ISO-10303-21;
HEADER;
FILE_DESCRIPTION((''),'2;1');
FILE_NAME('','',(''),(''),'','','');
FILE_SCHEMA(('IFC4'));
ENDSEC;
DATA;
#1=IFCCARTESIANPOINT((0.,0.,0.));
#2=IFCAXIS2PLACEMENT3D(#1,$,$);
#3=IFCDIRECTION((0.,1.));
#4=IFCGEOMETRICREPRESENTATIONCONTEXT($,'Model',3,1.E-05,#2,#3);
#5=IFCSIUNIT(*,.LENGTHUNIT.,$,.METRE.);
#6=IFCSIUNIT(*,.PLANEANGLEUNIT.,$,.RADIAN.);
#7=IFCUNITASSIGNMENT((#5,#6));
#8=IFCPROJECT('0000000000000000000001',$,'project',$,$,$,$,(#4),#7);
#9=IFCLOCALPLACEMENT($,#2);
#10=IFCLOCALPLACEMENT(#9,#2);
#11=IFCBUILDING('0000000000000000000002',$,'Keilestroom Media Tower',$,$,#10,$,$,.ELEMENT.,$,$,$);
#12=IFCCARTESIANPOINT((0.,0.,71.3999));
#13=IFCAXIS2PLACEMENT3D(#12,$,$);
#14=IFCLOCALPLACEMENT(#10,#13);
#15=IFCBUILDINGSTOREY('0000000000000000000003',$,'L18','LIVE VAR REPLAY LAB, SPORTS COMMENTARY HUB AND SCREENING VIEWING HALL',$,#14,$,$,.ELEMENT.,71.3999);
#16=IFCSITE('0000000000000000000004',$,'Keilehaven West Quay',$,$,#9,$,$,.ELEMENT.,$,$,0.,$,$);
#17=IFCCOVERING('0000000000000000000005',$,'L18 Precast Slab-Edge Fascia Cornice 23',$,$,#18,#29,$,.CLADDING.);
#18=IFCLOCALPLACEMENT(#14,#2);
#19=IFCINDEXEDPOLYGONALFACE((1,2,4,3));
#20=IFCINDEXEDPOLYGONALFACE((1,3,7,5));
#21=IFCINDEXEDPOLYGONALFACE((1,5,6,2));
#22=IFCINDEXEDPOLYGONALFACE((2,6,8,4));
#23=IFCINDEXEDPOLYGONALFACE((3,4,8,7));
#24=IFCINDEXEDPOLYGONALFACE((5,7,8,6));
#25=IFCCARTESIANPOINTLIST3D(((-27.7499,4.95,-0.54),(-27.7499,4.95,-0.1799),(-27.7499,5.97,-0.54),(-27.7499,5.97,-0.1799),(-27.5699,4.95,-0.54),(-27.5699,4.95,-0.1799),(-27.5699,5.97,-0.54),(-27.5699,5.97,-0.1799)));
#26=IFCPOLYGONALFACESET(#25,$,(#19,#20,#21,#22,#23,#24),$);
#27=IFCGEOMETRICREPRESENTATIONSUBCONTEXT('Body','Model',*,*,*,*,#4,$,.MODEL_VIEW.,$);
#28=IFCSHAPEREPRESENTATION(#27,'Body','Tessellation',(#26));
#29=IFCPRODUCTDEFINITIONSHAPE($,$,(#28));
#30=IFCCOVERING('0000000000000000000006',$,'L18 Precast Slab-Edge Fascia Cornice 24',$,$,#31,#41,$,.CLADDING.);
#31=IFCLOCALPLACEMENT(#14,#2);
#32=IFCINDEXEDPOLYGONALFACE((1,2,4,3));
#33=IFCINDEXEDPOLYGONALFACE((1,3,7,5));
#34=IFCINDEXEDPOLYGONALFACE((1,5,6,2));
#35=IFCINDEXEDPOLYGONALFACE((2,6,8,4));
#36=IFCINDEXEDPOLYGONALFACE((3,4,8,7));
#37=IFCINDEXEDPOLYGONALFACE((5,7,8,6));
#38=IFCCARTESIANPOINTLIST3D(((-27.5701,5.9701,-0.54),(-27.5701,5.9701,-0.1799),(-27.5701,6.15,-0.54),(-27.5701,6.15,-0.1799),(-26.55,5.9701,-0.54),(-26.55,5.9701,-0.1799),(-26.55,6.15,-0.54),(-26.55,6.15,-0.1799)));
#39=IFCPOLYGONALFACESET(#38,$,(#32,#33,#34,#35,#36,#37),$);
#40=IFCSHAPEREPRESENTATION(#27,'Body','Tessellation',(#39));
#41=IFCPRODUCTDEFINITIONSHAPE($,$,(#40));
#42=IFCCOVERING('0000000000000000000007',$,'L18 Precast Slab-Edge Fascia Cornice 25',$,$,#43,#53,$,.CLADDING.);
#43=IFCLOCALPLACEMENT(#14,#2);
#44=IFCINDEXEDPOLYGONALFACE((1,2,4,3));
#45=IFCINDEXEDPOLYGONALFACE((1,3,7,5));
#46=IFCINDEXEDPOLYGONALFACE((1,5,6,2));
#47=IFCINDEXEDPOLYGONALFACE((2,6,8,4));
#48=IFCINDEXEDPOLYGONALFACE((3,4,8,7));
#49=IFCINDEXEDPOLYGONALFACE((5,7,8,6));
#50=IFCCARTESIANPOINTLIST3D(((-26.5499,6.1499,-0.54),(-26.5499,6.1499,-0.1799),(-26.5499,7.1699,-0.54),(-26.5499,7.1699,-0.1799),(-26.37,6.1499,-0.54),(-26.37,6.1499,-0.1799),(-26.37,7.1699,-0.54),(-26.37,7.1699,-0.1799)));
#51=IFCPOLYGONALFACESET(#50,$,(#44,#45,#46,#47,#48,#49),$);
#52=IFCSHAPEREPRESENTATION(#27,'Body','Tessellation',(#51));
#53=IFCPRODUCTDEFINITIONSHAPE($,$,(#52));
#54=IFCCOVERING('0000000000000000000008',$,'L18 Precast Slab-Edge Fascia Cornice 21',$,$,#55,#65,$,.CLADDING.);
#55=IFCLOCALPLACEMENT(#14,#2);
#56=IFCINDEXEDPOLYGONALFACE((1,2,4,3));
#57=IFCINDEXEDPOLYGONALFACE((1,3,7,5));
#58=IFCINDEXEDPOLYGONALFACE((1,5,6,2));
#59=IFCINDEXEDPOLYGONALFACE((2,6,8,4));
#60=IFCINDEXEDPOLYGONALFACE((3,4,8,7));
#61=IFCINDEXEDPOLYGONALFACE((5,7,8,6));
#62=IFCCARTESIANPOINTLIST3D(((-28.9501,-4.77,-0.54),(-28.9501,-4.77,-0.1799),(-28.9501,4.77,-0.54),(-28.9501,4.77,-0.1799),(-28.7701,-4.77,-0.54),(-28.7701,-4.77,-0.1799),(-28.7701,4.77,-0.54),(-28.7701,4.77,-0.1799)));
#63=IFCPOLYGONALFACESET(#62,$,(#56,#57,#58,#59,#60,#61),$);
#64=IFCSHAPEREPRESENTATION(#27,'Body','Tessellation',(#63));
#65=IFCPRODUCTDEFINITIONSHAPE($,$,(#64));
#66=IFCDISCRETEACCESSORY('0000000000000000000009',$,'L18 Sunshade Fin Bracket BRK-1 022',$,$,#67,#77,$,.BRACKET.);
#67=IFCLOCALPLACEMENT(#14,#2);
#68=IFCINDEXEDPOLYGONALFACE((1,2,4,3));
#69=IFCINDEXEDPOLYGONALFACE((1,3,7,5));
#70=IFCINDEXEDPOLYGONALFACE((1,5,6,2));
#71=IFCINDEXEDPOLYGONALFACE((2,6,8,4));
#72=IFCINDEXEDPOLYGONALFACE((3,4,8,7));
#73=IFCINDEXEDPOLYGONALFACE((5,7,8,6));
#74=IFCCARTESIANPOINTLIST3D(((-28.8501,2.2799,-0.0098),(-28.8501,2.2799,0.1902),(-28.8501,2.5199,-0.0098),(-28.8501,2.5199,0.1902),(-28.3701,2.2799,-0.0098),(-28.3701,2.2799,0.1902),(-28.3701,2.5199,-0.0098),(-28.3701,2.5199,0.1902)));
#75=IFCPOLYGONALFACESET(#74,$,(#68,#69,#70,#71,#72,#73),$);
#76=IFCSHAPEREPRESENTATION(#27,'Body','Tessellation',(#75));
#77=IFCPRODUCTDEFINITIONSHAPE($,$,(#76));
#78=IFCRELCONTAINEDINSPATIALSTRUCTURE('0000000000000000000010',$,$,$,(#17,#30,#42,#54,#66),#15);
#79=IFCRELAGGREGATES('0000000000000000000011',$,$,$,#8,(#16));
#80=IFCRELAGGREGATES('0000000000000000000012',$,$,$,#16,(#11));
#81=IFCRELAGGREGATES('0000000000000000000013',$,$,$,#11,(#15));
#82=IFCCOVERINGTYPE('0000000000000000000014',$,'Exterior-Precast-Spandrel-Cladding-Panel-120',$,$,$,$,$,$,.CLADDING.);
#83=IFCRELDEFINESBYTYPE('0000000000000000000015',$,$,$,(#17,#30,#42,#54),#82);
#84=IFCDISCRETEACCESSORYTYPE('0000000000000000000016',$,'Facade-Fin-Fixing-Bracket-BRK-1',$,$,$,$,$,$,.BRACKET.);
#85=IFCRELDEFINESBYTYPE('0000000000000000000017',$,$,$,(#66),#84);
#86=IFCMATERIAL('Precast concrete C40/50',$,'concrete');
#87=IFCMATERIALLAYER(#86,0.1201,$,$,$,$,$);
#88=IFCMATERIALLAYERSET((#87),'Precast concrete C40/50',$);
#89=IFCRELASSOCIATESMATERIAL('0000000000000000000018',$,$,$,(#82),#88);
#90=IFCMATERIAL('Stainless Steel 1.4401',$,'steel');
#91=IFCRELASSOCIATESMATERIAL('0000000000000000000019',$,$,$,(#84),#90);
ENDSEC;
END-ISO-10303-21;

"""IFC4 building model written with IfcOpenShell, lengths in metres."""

from ifc_helpers import new_model, si_unit, direction, frame, origin, origin_2d, place, context, subcontext, project, spatial, rectangle, extrude, source, transform, mapped, material, layer, layer_set, type_object, element, save


model = new_model("IFC4")

# Units and contexts
model_context = context("Model", 3, precision=1e-05, world=origin(), true_north=direction((0.0, 1.0)))
body_context = subcontext(model_context, "Body", "Model", "MODEL_VIEW")
ifc_project = project(units=[si_unit("LENGTHUNIT", "METRE"), si_unit("PLANEANGLEUNIT", "RADIAN")], contexts=[model_context])

# Site, building, storey
site_placement = place(None, origin())
site = spatial("IfcSite", under=ifc_project, at=site_placement, Name="Keilehaven West Quay", CompositionType="ELEMENT", RefElevation=0.0)
building_placement = place(site_placement, origin())
building = spatial("IfcBuilding", under=site, at=building_placement, Name="Keilestroom Media Tower", CompositionType="ELEMENT")
storey_placement = place(building_placement, frame((0.0, 0.0, 71.3999)))
storey = spatial("IfcBuildingStorey", under=building, at=storey_placement, Name="L18", Description="LIVE VAR REPLAY LAB, SPORTS COMMENTARY HUB AND SCREENING VIEWING HALL", CompositionType="ELEMENT", Elevation=71.3999)

# Shared definitions
ifc_material_1 = material(Name="Precast concrete C40/50", Category="concrete")

# Coverings
ifc_layer_1 = layer(ifc_material_1, 0.1201)
ifc_layer_set_1 = layer_set([ifc_layer_1], Name="Precast concrete C40/50")
covering_type = type_object("IfcCoveringType", Name="Exterior-Precast-Spandrel-Cladding-Panel-120", PredefinedType="CLADDING", material=ifc_layer_set_1)
shared_shape_1 = source(origin(), body_context, "Body", "SweptSolid", [
    extrude(rectangle(XDim=1.02, YDim=0.1799, at=origin_2d()), origin(), (0.0, 0.0, 1.0), 0.3601),
])
for number, where, z_axis, x_axis, name in (
    (1, (-27.6599, 5.46, -0.54), (0.0, 0.0, 1.0), (0.0, 1.0, 0.0), "L18 Precast Slab-Edge Fascia Cornice 23"),
    (2, (-27.0601, 6.0601, -0.54), (0.0, 0.0, 1.0), (1.0, 0.0, 0.0), "L18 Precast Slab-Edge Fascia Cornice 24"),
    (3, (-26.46, 6.6599, -0.54), (0.0, 0.0, 1.0), (0.0, 1.0, 0.0), "L18 Precast Slab-Edge Fascia Cornice 25"),
):
    element("IfcCovering", number, at=place(storey_placement, frame(where, z_axis=z_axis, x_axis=x_axis)), inside=storey, type_object=covering_type, Name=name, PredefinedType="CLADDING", context=body_context, shape_type="MappedRepresentation", body=[
        mapped(shared_shape_1, transform((0.0, 0.0, 0.0), x_axis=(1.0, 0.0, 0.0), y_axis=(0.0, 1.0, 0.0), z_axis=(0.0, 0.0, 1.0), scale=1.0)),
    ])
shared_shape_2 = source(origin(), body_context, "Body", "SweptSolid", [
    extrude(rectangle(XDim=9.54, YDim=0.1799, at=origin_2d()), origin(), (0.0, 0.0, 1.0), 0.3601),
])
covering_placement = place(storey_placement, frame((-28.8601, 0.0, -0.54), z_axis=(0.0, 0.0, 1.0), x_axis=(0.0, 1.0, 0.0)))
element("IfcCovering", 4, at=covering_placement, inside=storey, type_object=covering_type, Name="L18 Precast Slab-Edge Fascia Cornice 21", PredefinedType="CLADDING", context=body_context, shape_type="MappedRepresentation", body=[
    mapped(shared_shape_2, transform((0.0, 0.0, 0.0), x_axis=(1.0, 0.0, 0.0), y_axis=(0.0, 1.0, 0.0), z_axis=(0.0, 0.0, 1.0), scale=1.0)),
])

# Discrete accessory
ifc_material_2 = material(Name="Stainless Steel 1.4401", Category="steel")
discrete_accessory_type = type_object("IfcDiscreteAccessoryType", Name="Facade-Fin-Fixing-Bracket-BRK-1", PredefinedType="BRACKET", material=ifc_material_2)
shared_shape_3 = source(origin(), body_context, "Body", "SweptSolid", [
    extrude(rectangle(XDim=0.48, YDim=0.24, at=origin_2d()), origin(), (0.0, 0.0, 1.0), 0.2),
])
discrete_accessory_placement = place(storey_placement, frame((-28.6101, 2.3999, -0.0098), z_axis=(0.0, 0.0, 1.0), x_axis=(1.0, 0.0, 0.0)))
element("IfcDiscreteAccessory", 5, at=discrete_accessory_placement, inside=storey, type_object=discrete_accessory_type, Name="L18 Sunshade Fin Bracket BRK-1 022", PredefinedType="BRACKET", context=body_context, shape_type="MappedRepresentation", body=[
    mapped(shared_shape_3, transform((0.0, 0.0, 0.0), x_axis=(1.0, 0.0, 0.0), y_axis=(0.0, 1.0, 0.0), z_axis=(0.0, 0.0, 1.0), scale=1.0)),
])

save(model, "model.ifc")
